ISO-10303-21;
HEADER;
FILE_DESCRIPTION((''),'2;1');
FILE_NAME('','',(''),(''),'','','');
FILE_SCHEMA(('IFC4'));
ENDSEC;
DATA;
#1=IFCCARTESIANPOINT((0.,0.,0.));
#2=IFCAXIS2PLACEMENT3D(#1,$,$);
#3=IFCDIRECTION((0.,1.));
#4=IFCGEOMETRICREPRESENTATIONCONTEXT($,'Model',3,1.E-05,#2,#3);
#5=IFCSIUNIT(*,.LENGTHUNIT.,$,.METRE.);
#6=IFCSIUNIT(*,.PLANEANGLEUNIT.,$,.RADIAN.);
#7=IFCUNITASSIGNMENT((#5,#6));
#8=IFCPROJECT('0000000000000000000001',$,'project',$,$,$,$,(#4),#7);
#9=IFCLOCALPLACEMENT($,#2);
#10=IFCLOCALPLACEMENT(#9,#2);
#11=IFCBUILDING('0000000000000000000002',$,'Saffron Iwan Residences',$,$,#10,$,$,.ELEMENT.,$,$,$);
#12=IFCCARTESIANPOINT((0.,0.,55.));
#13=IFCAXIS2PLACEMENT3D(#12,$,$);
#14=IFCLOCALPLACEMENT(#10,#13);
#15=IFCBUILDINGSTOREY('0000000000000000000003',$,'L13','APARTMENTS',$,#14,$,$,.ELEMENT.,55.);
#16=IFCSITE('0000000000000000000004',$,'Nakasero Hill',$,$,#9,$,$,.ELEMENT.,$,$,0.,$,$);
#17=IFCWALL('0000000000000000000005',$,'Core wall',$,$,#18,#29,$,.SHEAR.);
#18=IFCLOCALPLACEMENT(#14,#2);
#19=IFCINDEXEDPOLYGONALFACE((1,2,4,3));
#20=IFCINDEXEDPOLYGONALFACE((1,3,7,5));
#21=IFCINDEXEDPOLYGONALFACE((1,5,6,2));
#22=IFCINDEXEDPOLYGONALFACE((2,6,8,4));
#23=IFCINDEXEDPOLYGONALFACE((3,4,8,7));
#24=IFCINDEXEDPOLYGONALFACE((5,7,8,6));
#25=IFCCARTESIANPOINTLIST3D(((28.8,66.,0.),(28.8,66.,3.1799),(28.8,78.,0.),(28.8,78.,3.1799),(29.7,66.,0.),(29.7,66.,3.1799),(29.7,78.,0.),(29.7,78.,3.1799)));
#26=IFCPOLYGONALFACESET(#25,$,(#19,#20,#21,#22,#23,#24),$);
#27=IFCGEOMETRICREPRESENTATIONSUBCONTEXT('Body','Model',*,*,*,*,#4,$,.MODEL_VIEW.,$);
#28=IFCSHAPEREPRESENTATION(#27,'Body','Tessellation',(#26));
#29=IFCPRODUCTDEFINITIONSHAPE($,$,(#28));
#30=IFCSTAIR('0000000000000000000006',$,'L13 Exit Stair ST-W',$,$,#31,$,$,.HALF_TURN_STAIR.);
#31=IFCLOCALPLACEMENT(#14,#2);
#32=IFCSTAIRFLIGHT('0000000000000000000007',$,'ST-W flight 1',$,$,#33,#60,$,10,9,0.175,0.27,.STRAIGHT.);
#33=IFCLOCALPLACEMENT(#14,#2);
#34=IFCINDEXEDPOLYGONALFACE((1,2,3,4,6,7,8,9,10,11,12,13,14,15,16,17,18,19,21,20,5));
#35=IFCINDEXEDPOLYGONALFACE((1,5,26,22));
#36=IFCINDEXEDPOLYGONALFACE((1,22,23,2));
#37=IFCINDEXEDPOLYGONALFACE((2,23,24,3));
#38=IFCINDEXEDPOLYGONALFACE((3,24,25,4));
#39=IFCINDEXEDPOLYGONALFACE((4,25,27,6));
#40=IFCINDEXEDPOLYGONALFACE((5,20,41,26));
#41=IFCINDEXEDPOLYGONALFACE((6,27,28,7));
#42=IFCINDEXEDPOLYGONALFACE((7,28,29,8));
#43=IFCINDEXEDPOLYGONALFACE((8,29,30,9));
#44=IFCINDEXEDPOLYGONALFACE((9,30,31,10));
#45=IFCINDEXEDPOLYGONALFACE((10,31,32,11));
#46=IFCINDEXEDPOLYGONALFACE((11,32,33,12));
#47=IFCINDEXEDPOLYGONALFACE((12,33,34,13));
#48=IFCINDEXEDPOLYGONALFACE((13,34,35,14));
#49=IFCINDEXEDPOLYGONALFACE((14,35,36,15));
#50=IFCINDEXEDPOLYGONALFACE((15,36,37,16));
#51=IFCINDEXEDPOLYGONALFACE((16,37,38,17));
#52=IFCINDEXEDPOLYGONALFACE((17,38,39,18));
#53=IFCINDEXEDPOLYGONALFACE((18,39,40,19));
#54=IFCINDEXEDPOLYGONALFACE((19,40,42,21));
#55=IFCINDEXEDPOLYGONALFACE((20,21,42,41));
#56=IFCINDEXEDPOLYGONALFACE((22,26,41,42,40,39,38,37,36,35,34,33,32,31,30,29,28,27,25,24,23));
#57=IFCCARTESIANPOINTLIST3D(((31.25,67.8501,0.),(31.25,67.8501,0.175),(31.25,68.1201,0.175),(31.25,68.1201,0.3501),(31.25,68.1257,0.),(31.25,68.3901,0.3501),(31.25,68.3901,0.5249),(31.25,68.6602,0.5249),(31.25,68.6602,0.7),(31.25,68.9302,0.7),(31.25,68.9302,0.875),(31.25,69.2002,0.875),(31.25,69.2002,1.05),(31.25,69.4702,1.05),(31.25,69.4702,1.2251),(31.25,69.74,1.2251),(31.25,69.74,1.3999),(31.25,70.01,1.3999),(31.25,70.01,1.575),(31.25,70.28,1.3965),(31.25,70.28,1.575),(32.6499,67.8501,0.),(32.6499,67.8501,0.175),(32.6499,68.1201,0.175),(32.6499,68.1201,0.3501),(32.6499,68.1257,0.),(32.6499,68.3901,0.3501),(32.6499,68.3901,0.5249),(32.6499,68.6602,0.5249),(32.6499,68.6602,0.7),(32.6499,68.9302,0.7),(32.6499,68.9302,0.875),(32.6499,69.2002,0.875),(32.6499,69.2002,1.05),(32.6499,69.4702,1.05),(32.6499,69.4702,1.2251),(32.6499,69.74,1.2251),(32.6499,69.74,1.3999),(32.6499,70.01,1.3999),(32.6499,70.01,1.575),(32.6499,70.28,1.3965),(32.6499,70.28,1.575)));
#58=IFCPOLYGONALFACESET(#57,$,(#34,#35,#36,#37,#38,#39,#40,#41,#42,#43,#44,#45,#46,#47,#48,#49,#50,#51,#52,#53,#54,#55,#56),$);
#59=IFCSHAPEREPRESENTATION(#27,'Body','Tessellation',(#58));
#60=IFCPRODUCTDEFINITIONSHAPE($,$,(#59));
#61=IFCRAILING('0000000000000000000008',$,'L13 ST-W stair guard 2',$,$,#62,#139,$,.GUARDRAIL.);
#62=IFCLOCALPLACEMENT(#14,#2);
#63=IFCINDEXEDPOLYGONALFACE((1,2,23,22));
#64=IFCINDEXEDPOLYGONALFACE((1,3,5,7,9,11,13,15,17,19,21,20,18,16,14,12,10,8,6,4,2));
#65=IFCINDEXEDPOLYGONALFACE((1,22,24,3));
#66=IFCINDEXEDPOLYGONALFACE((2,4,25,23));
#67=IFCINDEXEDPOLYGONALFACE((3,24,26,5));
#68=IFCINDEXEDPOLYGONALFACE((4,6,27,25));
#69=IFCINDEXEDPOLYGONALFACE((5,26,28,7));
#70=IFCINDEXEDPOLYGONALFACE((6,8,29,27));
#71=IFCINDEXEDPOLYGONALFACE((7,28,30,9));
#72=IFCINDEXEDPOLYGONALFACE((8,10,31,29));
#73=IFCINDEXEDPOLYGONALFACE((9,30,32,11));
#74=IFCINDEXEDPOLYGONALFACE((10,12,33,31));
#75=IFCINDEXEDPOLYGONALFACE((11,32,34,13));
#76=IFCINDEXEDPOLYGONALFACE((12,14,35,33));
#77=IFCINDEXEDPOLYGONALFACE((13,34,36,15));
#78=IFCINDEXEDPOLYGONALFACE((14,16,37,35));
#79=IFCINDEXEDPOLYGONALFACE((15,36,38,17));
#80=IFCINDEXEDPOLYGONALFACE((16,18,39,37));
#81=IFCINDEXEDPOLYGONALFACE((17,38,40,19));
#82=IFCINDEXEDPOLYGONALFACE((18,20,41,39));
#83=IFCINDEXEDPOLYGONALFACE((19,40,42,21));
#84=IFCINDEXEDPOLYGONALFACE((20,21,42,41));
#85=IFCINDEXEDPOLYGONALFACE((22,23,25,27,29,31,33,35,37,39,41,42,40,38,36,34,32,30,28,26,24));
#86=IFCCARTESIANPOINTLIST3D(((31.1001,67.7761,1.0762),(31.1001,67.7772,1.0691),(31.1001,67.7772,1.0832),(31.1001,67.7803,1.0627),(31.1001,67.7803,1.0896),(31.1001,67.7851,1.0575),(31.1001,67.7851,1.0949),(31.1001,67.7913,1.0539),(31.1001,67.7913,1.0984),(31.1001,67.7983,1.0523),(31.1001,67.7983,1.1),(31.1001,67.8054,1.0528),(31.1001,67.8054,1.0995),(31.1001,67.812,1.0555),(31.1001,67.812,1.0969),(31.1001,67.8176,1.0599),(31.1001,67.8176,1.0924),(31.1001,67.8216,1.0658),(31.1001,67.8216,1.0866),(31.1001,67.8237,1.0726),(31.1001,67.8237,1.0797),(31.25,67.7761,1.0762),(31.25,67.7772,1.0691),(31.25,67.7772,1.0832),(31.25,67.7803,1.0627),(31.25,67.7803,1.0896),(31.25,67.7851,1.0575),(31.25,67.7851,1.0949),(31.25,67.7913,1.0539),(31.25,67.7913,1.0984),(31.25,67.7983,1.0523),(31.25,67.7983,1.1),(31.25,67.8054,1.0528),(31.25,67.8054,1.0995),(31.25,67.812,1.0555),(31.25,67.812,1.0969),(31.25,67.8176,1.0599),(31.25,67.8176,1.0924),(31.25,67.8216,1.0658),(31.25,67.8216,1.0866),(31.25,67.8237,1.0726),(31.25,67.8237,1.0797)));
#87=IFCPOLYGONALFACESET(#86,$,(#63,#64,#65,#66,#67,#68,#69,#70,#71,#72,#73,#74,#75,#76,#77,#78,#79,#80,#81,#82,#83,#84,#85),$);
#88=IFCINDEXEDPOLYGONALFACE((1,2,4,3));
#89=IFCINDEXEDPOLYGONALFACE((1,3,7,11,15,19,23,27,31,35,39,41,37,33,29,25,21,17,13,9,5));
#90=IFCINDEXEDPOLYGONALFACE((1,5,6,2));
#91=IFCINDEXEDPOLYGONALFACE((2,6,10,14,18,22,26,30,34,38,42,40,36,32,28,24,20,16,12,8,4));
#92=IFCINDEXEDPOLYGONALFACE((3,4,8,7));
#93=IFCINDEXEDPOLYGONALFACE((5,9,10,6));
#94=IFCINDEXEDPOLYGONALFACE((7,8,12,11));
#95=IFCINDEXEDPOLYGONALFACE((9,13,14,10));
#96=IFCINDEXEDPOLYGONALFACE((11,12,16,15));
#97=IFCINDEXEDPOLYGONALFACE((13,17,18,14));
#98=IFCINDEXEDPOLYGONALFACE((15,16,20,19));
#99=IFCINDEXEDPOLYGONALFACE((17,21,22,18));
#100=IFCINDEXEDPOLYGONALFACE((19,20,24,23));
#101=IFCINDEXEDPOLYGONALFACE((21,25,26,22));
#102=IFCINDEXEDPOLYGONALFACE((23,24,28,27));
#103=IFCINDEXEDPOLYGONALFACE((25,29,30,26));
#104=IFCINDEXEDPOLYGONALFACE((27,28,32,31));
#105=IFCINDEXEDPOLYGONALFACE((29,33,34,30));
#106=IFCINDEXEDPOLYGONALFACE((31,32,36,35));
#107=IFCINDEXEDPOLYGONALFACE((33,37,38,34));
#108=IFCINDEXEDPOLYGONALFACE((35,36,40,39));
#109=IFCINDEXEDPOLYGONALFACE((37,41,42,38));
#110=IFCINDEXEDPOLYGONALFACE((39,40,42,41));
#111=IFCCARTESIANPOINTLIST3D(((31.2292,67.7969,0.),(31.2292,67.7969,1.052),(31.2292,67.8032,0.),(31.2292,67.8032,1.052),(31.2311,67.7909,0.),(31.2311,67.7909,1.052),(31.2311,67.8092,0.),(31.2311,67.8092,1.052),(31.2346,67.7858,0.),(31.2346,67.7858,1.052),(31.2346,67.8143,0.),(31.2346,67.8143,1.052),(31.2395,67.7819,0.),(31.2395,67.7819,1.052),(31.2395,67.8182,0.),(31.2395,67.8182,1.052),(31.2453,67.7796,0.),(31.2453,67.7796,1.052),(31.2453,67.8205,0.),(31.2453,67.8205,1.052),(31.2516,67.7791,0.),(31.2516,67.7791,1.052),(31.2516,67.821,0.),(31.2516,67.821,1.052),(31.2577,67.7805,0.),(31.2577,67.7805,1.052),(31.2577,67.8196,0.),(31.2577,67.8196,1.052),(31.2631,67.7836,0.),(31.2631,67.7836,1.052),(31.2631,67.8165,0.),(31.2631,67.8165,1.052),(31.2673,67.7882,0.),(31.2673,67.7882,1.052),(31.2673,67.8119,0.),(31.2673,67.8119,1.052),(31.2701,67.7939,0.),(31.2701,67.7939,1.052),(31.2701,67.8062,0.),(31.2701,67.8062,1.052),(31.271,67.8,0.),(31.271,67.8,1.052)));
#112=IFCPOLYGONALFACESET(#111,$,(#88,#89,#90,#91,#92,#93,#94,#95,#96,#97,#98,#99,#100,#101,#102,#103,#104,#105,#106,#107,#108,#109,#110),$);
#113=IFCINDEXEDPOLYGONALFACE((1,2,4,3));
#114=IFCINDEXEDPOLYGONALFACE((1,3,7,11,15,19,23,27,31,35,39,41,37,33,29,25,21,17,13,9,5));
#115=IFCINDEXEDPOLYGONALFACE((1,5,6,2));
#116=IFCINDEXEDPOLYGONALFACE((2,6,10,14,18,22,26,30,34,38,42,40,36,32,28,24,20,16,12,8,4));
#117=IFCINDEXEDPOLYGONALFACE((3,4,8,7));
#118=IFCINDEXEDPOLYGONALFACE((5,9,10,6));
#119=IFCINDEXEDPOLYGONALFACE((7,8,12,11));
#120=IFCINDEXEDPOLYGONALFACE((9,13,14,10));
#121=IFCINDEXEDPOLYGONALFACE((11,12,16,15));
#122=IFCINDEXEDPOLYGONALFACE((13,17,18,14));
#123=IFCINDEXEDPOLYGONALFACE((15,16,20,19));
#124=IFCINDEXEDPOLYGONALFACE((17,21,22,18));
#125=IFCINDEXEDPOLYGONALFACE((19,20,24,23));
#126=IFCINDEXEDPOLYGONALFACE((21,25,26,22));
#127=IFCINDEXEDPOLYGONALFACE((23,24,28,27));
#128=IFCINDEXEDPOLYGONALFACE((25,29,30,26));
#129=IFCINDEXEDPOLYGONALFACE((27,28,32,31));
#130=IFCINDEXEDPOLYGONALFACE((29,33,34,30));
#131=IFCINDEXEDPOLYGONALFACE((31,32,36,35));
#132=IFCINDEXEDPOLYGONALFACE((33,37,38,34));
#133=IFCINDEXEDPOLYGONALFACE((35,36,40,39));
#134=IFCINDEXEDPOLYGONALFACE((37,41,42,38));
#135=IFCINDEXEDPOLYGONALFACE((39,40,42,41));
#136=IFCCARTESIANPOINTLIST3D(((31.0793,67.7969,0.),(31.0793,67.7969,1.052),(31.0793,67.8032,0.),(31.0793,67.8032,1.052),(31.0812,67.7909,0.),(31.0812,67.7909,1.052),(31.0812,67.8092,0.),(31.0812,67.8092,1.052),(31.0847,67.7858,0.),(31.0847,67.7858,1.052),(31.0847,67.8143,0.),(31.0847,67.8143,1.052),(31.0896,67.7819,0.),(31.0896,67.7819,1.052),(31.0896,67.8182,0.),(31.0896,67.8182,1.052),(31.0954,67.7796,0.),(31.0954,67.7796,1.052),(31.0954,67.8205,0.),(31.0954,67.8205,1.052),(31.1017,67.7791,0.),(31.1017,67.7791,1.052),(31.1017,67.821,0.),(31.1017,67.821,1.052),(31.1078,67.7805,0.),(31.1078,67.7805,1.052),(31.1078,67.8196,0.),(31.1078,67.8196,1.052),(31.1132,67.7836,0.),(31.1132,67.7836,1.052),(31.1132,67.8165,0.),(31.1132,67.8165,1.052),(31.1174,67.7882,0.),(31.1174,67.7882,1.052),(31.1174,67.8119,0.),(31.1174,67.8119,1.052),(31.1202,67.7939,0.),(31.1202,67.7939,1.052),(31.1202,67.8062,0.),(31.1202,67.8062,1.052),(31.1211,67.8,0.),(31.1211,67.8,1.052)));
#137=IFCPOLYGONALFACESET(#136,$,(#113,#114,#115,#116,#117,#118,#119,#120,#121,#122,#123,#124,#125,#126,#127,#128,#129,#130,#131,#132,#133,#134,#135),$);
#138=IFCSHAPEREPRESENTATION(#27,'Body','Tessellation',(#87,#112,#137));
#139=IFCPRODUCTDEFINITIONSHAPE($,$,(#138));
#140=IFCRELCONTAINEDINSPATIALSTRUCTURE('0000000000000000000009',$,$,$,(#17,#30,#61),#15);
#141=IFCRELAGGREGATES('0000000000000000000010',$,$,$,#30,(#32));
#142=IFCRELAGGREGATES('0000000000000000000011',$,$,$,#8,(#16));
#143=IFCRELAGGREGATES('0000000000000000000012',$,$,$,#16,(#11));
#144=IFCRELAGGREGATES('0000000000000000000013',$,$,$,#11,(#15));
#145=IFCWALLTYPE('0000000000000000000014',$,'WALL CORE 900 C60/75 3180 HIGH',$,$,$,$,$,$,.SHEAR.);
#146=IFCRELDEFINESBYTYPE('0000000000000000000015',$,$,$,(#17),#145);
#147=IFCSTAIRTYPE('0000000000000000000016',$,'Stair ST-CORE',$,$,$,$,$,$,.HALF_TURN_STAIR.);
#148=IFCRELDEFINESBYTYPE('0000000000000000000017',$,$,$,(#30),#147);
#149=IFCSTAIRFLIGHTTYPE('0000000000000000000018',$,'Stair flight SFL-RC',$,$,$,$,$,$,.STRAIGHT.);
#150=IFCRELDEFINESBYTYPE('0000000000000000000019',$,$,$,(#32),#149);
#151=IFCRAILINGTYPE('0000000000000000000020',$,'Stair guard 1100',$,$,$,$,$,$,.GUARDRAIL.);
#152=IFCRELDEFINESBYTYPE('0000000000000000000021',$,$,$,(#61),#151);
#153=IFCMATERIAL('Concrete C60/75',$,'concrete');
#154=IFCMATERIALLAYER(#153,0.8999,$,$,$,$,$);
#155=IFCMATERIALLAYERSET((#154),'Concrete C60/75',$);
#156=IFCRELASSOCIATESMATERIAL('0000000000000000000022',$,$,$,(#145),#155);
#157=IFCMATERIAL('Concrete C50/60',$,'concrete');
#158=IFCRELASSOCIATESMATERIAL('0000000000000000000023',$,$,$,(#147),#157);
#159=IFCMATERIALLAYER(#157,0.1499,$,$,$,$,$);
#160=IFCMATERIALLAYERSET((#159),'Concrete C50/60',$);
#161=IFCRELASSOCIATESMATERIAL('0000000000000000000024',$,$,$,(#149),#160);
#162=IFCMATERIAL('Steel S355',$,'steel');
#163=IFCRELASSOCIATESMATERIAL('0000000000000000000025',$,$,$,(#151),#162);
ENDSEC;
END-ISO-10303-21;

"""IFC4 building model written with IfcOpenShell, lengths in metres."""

from ifc_helpers import new_model, si_unit, direction, frame, frame_2d, origin, origin_2d, place, context, subcontext, project, spatial, polyline, rectangle, circle, outline, extrude, material, layer, layer_set, type_object, element, aggregate, save


model = new_model("IFC4")

# Units and contexts
model_context = context("Model", 3, precision=1e-05, world=origin(), true_north=direction((0.0, 1.0)))
body_context = subcontext(model_context, "Body", "Model", "MODEL_VIEW")
ifc_project = project(units=[si_unit("LENGTHUNIT", "METRE"), si_unit("PLANEANGLEUNIT", "RADIAN")], contexts=[model_context])

# Site, building, storey
site_placement = place(None, origin())
site = spatial("IfcSite", under=ifc_project, at=site_placement, Name="Nakasero Hill", CompositionType="ELEMENT", RefElevation=0.0)
building_placement = place(site_placement, origin())
building = spatial("IfcBuilding", under=site, at=building_placement, Name="Saffron Iwan Residences", CompositionType="ELEMENT")
storey_placement = place(building_placement, frame((0.0, 0.0, 55.0)))
storey = spatial("IfcBuildingStorey", under=building, at=storey_placement, Name="L13", Description="APARTMENTS", CompositionType="ELEMENT", Elevation=55.0)

# Shared definitions
ifc_material_1 = material(Name="Concrete C60/75", Category="concrete")

# Wall
ifc_layer_1 = layer(ifc_material_1, 0.8999)
ifc_layer_set_1 = layer_set([ifc_layer_1], Name="Concrete C60/75")
wall_type_1 = type_object("IfcWallType", Name="WALL CORE 900 C60/75 3180 HIGH", PredefinedType="SHEAR", material=ifc_layer_set_1)
wall_1_placement = place(storey_placement, frame((29.25, 66.0, 0.0), z_axis=(0.0, 0.0, 1.0), x_axis=(0.0, 1.0, 0.0)))
element("IfcWall", 1, at=wall_1_placement, inside=storey, type_object=wall_type_1, Name="Core wall", PredefinedType="SHEAR", context=body_context, shape_type="SweptSolid", body=[
    extrude(rectangle(XDim=12.0, YDim=0.8999, at=frame_2d((6.0, 0.0))), origin(), (0.0, 0.0, 1.0), 3.1799),
])

# Stair, stair flight
ifc_material_2 = material(Name="Concrete C50/60", Category="concrete")
stair_type = type_object("IfcStairType", Name="Stair ST-CORE", PredefinedType="HALF_TURN_STAIR", material=ifc_material_2)
stair_placement = place(storey_placement, origin())
stair = element("IfcStair", 2, at=stair_placement, inside=storey, type_object=stair_type, Name="L13 Exit Stair ST-W", PredefinedType="HALF_TURN_STAIR")
ifc_layer_2 = layer(ifc_material_2, 0.1499)
ifc_layer_set_2 = layer_set([ifc_layer_2], Name="Concrete C50/60")
stair_flight_type = type_object("IfcStairFlightType", Name="Stair flight SFL-RC", PredefinedType="STRAIGHT", material=ifc_layer_set_2)
stair_flight_placement = place(storey_placement, frame((31.95, 67.8501, 0.0), z_axis=(0.0, 0.0, 1.0), x_axis=(0.0, 1.0, 0.0)))
stair_flight = element("IfcStairFlight", 3, at=stair_flight_placement, type_object=stair_flight_type, Name="ST-W flight 1", NumberOfRisers=10, NumberOfTreads=9, PredefinedType="STRAIGHT", RiserHeight=0.175, TreadLength=0.27, context=body_context, shape_type="SweptSolid", body=[
    extrude(outline(polyline([(0.0, 0.0), (0.0, 0.175), (0.27, 0.175), (0.27, 0.3501), (0.54, 0.3501), (0.54, 0.5249), (0.8101, 0.5249), (0.8101, 0.7), (1.0801, 0.7), (1.0801, 0.875), (1.3501, 0.875), (1.3501, 1.05), (1.6201, 1.05), (1.6201, 1.2251), (1.8899, 1.2251), (1.8899, 1.3999), (2.1599, 1.3999), (2.1599, 1.575), (2.4299, 1.575), (2.4299, 1.75), (2.4299, 1.3965), (0.2756, 0.0), (0.0, 0.0)])), frame((0.0, 0.7, 0.0), z_axis=(0.0, -1.0, 0.0), x_axis=(1.0, 0.0, 0.0)), (0.0, 0.0, 1.0), 1.3999),
])
aggregate(stair, [stair_flight])

# Railing
ifc_material_3 = material(Name="Steel S355", Category="steel")
railing_type_1 = type_object("IfcRailingType", Name="Stair guard 1100", PredefinedType="GUARDRAIL", material=ifc_material_3)
railing_1_placement = place(storey_placement, frame((31.25, 67.8, 0.0)))
element("IfcRailing", 4, at=railing_1_placement, inside=storey, type_object=railing_type_1, Name="L13 ST-W stair guard 2", PredefinedType="GUARDRAIL", context=body_context, shape_type="SweptSolid", body=[
    extrude(circle(Radius=0.0239, at=origin_2d()), frame((0.0, 0.0, 1.0762), z_axis=(-1.0, 0.0, 0.0), x_axis=(0.0, -1.0, 0.0)), (0.0, 0.0, 1.0), 0.1499),
    extrude(circle(Radius=0.021, at=origin_2d()), origin(), (0.0, 0.0, 1.0), 1.052),
    extrude(circle(Radius=0.021, at=origin_2d()), frame((-0.1499, 0.0, 0.0)), (0.0, 0.0, 1.0), 1.052),
])

save(model, "model.ifc")
